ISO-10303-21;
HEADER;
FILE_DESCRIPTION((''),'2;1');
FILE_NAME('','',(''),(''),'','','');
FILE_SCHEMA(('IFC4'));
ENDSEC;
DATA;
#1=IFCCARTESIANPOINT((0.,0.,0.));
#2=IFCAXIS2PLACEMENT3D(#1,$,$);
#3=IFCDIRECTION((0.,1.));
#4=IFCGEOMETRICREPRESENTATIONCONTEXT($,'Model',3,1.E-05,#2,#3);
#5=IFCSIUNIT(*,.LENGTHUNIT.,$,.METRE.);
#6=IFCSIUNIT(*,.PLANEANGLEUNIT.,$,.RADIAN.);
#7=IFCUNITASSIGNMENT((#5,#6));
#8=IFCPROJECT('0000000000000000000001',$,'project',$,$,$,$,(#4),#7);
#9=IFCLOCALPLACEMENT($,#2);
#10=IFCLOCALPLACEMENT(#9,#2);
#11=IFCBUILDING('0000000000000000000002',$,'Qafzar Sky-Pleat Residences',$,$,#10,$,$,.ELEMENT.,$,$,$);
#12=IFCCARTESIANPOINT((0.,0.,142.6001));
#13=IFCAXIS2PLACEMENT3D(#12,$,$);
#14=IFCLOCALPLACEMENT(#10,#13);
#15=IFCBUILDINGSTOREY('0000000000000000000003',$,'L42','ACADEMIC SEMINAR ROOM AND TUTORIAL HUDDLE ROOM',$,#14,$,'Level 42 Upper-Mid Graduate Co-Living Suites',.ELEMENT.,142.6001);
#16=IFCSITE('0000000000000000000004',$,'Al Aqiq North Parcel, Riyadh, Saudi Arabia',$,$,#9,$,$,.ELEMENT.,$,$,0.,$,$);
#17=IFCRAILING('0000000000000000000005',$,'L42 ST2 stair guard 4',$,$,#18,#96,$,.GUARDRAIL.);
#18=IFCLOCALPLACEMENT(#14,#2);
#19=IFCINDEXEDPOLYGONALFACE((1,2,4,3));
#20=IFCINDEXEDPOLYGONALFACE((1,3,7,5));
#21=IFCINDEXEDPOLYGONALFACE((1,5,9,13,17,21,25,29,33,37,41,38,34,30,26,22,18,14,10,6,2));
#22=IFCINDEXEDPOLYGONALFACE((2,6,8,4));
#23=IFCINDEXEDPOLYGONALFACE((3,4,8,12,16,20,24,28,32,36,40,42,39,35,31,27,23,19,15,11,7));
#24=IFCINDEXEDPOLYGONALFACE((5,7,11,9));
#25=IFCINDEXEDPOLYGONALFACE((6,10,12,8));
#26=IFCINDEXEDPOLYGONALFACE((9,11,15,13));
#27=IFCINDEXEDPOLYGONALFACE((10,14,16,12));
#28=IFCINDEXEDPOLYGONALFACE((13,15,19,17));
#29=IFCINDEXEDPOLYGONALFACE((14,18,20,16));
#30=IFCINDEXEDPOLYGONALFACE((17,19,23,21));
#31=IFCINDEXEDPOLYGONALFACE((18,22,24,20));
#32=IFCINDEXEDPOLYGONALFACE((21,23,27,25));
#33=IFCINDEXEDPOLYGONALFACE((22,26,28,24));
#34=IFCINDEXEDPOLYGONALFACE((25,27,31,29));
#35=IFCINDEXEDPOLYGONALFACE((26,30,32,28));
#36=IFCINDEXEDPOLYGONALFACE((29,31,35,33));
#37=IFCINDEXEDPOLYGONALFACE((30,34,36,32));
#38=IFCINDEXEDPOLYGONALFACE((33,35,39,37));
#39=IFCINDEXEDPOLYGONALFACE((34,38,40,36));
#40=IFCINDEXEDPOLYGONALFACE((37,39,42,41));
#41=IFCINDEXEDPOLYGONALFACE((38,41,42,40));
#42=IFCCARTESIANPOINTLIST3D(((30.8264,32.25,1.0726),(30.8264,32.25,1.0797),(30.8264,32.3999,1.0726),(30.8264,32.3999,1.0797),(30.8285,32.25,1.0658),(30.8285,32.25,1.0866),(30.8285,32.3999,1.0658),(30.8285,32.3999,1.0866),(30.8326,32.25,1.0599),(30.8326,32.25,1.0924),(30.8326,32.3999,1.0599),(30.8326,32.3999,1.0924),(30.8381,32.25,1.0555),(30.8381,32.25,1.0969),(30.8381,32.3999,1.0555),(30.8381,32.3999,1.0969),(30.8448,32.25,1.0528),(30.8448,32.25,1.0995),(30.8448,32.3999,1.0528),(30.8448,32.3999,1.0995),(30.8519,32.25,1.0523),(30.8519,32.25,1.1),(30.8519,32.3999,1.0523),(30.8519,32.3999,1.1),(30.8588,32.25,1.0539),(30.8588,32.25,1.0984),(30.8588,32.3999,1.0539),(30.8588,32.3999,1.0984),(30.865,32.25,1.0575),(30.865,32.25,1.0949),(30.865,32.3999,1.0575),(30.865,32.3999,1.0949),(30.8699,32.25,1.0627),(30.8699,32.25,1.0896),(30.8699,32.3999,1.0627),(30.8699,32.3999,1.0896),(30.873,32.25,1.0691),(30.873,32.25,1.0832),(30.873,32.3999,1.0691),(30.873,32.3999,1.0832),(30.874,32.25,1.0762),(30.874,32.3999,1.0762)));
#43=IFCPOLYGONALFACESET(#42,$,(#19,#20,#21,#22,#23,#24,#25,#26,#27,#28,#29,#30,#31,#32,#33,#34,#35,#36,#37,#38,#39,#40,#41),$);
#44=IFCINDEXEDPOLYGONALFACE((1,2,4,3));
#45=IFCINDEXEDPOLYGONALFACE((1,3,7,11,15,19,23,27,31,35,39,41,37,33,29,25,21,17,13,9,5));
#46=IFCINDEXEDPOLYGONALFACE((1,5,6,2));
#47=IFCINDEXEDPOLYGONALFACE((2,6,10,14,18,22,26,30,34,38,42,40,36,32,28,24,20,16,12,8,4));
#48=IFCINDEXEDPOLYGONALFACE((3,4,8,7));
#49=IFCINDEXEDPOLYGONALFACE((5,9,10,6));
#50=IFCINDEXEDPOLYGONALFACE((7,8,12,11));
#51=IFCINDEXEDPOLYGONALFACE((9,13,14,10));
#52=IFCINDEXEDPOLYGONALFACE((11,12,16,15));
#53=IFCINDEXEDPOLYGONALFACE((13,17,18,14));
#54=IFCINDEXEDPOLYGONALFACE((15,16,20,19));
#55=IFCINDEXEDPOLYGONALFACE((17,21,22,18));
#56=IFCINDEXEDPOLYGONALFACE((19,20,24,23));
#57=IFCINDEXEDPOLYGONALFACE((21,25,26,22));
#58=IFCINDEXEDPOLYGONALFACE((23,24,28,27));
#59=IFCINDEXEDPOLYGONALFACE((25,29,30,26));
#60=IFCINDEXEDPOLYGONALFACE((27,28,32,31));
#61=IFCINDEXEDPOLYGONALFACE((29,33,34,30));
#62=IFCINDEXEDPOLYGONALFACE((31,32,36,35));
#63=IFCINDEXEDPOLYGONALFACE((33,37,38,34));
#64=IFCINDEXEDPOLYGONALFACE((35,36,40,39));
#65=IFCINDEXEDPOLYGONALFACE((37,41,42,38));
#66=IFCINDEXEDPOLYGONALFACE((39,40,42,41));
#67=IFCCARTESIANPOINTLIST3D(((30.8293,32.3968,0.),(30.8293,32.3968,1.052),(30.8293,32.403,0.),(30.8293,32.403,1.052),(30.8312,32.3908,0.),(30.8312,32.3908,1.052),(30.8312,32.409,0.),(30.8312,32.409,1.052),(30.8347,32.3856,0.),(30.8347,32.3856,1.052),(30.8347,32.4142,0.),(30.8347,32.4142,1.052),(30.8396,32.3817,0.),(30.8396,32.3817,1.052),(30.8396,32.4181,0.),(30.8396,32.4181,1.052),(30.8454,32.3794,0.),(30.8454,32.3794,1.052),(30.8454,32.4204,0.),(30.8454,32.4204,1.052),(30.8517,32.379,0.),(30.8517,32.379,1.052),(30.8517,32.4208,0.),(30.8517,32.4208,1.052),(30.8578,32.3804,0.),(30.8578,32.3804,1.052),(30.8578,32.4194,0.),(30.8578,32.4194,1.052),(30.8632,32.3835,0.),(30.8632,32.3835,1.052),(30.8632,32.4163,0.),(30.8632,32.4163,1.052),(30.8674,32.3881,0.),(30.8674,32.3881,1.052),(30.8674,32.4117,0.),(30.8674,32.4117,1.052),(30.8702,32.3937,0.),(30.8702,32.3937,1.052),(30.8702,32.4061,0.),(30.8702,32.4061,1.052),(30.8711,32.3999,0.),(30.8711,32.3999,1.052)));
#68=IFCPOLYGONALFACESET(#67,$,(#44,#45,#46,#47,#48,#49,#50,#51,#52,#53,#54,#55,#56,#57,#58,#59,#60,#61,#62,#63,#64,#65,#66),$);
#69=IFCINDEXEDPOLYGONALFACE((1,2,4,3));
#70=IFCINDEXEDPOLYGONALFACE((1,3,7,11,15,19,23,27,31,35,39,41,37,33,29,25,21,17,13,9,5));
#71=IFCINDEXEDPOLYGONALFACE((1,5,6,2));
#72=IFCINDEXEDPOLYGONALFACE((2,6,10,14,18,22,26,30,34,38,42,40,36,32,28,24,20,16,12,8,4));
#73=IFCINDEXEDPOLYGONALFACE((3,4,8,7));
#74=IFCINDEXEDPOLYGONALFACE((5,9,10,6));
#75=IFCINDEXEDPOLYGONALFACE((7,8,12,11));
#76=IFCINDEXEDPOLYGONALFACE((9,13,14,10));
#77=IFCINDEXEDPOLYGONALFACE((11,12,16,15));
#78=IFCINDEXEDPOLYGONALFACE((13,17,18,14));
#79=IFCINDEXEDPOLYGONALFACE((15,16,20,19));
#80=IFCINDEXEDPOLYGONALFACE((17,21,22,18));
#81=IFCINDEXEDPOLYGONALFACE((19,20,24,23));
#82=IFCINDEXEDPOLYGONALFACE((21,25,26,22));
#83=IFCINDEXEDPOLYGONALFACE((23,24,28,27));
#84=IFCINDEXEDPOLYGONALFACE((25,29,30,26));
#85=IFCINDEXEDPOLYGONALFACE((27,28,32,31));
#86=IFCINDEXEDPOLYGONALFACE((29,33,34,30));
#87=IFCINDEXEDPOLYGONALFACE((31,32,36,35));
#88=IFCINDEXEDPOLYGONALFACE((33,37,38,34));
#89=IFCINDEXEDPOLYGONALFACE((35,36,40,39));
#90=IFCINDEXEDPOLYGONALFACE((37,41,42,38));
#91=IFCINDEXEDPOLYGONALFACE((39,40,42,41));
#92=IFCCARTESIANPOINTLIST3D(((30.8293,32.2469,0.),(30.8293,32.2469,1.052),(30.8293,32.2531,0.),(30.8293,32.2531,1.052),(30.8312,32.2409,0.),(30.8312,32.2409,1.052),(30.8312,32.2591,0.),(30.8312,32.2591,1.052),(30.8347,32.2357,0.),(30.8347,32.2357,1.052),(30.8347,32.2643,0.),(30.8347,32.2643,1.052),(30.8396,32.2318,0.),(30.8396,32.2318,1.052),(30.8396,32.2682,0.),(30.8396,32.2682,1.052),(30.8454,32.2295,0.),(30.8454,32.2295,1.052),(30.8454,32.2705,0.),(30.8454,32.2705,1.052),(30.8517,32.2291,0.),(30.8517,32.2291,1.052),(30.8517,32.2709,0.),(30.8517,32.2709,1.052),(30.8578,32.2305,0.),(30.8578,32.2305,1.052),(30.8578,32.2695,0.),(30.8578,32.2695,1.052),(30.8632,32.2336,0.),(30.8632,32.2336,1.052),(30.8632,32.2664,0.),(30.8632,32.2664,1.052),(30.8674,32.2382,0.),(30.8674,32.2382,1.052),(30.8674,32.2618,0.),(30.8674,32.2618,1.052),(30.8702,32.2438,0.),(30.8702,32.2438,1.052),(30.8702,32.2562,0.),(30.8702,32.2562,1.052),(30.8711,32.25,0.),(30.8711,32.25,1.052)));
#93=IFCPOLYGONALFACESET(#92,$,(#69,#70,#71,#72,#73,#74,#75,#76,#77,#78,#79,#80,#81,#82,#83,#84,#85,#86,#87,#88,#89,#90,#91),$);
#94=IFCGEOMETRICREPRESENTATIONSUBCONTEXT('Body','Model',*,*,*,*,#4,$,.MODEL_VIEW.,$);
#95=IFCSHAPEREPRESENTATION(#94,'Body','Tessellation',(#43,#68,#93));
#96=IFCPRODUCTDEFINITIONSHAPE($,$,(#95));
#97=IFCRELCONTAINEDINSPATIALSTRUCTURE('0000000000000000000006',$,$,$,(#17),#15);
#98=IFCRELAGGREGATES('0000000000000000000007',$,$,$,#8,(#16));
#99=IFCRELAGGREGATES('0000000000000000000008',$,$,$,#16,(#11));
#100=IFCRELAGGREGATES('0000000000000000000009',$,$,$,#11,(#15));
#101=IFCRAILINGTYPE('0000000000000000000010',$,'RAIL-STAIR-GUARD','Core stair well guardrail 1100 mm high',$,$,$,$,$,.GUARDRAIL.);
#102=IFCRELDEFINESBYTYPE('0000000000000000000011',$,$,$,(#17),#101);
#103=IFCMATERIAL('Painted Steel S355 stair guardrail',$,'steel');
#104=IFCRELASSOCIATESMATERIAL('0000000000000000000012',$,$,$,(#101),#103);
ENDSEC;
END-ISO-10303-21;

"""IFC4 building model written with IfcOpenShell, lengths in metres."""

from ifc_helpers import new_model, si_unit, direction, frame, origin, origin_2d, place, context, subcontext, project, spatial, circle, extrude, source, transform, mapped, material, type_object, element, save


model = new_model("IFC4")

# Units and contexts
model_context = context("Model", 3, precision=1e-05, world=origin(), true_north=direction((0.0, 1.0)))
body_context = subcontext(model_context, "Body", "Model", "MODEL_VIEW")
ifc_project = project(units=[si_unit("LENGTHUNIT", "METRE"), si_unit("PLANEANGLEUNIT", "RADIAN")], contexts=[model_context])

# Site, building, storey
site_placement = place(None, origin())
site = spatial("IfcSite", under=ifc_project, at=site_placement, Name="Al Aqiq North Parcel, Riyadh, Saudi Arabia", CompositionType="ELEMENT", RefElevation=0.0)
building_placement = place(site_placement, origin())
building = spatial("IfcBuilding", under=site, at=building_placement, Name="Qafzar Sky-Pleat Residences", CompositionType="ELEMENT")
storey_placement = place(building_placement, frame((0.0, 0.0, 142.6001)))
storey = spatial("IfcBuildingStorey", under=building, at=storey_placement, Name="L42", Description="ACADEMIC SEMINAR ROOM AND TUTORIAL HUDDLE ROOM", LongName="Level 42 Upper-Mid Graduate Co-Living Suites", CompositionType="ELEMENT", Elevation=142.6001)

# Railing
ifc_material_1 = material(Name="Painted Steel S355 stair guardrail", Category="steel")
railing_type_1 = type_object("IfcRailingType", Name="RAIL-STAIR-GUARD", Description="Core stair well guardrail 1100 mm high", PredefinedType="GUARDRAIL", material=ifc_material_1)
shared_shape_1 = source(origin(), body_context, "Body", "SweptSolid", [
    extrude(circle(Radius=0.0239, at=origin_2d()), frame((0.0, 0.0, 1.0762), z_axis=(0.0, -1.0, 0.0), x_axis=(1.0, 0.0, 0.0)), (0.0, 0.0, 1.0), 0.1499),
    extrude(circle(Radius=0.021, at=origin_2d()), origin(), (0.0, 0.0, 1.0), 1.052),
    extrude(circle(Radius=0.021, at=origin_2d()), frame((0.0, -0.1499, 0.0)), (0.0, 0.0, 1.0), 1.052),
])
railing_1_placement = place(storey_placement, frame((30.8501, 32.3999, 0.0)))
element("IfcRailing", 1, at=railing_1_placement, inside=storey, type_object=railing_type_1, Name="L42 ST2 stair guard 4", PredefinedType="GUARDRAIL", context=body_context, shape_type="MappedRepresentation", body=[
    mapped(shared_shape_1, transform((0.0, 0.0, 0.0), x_axis=(1.0, 0.0, 0.0), y_axis=(0.0, 1.0, 0.0), z_axis=(0.0, 0.0, 1.0), scale=1.0)),
])

save(model, "model.ifc")
